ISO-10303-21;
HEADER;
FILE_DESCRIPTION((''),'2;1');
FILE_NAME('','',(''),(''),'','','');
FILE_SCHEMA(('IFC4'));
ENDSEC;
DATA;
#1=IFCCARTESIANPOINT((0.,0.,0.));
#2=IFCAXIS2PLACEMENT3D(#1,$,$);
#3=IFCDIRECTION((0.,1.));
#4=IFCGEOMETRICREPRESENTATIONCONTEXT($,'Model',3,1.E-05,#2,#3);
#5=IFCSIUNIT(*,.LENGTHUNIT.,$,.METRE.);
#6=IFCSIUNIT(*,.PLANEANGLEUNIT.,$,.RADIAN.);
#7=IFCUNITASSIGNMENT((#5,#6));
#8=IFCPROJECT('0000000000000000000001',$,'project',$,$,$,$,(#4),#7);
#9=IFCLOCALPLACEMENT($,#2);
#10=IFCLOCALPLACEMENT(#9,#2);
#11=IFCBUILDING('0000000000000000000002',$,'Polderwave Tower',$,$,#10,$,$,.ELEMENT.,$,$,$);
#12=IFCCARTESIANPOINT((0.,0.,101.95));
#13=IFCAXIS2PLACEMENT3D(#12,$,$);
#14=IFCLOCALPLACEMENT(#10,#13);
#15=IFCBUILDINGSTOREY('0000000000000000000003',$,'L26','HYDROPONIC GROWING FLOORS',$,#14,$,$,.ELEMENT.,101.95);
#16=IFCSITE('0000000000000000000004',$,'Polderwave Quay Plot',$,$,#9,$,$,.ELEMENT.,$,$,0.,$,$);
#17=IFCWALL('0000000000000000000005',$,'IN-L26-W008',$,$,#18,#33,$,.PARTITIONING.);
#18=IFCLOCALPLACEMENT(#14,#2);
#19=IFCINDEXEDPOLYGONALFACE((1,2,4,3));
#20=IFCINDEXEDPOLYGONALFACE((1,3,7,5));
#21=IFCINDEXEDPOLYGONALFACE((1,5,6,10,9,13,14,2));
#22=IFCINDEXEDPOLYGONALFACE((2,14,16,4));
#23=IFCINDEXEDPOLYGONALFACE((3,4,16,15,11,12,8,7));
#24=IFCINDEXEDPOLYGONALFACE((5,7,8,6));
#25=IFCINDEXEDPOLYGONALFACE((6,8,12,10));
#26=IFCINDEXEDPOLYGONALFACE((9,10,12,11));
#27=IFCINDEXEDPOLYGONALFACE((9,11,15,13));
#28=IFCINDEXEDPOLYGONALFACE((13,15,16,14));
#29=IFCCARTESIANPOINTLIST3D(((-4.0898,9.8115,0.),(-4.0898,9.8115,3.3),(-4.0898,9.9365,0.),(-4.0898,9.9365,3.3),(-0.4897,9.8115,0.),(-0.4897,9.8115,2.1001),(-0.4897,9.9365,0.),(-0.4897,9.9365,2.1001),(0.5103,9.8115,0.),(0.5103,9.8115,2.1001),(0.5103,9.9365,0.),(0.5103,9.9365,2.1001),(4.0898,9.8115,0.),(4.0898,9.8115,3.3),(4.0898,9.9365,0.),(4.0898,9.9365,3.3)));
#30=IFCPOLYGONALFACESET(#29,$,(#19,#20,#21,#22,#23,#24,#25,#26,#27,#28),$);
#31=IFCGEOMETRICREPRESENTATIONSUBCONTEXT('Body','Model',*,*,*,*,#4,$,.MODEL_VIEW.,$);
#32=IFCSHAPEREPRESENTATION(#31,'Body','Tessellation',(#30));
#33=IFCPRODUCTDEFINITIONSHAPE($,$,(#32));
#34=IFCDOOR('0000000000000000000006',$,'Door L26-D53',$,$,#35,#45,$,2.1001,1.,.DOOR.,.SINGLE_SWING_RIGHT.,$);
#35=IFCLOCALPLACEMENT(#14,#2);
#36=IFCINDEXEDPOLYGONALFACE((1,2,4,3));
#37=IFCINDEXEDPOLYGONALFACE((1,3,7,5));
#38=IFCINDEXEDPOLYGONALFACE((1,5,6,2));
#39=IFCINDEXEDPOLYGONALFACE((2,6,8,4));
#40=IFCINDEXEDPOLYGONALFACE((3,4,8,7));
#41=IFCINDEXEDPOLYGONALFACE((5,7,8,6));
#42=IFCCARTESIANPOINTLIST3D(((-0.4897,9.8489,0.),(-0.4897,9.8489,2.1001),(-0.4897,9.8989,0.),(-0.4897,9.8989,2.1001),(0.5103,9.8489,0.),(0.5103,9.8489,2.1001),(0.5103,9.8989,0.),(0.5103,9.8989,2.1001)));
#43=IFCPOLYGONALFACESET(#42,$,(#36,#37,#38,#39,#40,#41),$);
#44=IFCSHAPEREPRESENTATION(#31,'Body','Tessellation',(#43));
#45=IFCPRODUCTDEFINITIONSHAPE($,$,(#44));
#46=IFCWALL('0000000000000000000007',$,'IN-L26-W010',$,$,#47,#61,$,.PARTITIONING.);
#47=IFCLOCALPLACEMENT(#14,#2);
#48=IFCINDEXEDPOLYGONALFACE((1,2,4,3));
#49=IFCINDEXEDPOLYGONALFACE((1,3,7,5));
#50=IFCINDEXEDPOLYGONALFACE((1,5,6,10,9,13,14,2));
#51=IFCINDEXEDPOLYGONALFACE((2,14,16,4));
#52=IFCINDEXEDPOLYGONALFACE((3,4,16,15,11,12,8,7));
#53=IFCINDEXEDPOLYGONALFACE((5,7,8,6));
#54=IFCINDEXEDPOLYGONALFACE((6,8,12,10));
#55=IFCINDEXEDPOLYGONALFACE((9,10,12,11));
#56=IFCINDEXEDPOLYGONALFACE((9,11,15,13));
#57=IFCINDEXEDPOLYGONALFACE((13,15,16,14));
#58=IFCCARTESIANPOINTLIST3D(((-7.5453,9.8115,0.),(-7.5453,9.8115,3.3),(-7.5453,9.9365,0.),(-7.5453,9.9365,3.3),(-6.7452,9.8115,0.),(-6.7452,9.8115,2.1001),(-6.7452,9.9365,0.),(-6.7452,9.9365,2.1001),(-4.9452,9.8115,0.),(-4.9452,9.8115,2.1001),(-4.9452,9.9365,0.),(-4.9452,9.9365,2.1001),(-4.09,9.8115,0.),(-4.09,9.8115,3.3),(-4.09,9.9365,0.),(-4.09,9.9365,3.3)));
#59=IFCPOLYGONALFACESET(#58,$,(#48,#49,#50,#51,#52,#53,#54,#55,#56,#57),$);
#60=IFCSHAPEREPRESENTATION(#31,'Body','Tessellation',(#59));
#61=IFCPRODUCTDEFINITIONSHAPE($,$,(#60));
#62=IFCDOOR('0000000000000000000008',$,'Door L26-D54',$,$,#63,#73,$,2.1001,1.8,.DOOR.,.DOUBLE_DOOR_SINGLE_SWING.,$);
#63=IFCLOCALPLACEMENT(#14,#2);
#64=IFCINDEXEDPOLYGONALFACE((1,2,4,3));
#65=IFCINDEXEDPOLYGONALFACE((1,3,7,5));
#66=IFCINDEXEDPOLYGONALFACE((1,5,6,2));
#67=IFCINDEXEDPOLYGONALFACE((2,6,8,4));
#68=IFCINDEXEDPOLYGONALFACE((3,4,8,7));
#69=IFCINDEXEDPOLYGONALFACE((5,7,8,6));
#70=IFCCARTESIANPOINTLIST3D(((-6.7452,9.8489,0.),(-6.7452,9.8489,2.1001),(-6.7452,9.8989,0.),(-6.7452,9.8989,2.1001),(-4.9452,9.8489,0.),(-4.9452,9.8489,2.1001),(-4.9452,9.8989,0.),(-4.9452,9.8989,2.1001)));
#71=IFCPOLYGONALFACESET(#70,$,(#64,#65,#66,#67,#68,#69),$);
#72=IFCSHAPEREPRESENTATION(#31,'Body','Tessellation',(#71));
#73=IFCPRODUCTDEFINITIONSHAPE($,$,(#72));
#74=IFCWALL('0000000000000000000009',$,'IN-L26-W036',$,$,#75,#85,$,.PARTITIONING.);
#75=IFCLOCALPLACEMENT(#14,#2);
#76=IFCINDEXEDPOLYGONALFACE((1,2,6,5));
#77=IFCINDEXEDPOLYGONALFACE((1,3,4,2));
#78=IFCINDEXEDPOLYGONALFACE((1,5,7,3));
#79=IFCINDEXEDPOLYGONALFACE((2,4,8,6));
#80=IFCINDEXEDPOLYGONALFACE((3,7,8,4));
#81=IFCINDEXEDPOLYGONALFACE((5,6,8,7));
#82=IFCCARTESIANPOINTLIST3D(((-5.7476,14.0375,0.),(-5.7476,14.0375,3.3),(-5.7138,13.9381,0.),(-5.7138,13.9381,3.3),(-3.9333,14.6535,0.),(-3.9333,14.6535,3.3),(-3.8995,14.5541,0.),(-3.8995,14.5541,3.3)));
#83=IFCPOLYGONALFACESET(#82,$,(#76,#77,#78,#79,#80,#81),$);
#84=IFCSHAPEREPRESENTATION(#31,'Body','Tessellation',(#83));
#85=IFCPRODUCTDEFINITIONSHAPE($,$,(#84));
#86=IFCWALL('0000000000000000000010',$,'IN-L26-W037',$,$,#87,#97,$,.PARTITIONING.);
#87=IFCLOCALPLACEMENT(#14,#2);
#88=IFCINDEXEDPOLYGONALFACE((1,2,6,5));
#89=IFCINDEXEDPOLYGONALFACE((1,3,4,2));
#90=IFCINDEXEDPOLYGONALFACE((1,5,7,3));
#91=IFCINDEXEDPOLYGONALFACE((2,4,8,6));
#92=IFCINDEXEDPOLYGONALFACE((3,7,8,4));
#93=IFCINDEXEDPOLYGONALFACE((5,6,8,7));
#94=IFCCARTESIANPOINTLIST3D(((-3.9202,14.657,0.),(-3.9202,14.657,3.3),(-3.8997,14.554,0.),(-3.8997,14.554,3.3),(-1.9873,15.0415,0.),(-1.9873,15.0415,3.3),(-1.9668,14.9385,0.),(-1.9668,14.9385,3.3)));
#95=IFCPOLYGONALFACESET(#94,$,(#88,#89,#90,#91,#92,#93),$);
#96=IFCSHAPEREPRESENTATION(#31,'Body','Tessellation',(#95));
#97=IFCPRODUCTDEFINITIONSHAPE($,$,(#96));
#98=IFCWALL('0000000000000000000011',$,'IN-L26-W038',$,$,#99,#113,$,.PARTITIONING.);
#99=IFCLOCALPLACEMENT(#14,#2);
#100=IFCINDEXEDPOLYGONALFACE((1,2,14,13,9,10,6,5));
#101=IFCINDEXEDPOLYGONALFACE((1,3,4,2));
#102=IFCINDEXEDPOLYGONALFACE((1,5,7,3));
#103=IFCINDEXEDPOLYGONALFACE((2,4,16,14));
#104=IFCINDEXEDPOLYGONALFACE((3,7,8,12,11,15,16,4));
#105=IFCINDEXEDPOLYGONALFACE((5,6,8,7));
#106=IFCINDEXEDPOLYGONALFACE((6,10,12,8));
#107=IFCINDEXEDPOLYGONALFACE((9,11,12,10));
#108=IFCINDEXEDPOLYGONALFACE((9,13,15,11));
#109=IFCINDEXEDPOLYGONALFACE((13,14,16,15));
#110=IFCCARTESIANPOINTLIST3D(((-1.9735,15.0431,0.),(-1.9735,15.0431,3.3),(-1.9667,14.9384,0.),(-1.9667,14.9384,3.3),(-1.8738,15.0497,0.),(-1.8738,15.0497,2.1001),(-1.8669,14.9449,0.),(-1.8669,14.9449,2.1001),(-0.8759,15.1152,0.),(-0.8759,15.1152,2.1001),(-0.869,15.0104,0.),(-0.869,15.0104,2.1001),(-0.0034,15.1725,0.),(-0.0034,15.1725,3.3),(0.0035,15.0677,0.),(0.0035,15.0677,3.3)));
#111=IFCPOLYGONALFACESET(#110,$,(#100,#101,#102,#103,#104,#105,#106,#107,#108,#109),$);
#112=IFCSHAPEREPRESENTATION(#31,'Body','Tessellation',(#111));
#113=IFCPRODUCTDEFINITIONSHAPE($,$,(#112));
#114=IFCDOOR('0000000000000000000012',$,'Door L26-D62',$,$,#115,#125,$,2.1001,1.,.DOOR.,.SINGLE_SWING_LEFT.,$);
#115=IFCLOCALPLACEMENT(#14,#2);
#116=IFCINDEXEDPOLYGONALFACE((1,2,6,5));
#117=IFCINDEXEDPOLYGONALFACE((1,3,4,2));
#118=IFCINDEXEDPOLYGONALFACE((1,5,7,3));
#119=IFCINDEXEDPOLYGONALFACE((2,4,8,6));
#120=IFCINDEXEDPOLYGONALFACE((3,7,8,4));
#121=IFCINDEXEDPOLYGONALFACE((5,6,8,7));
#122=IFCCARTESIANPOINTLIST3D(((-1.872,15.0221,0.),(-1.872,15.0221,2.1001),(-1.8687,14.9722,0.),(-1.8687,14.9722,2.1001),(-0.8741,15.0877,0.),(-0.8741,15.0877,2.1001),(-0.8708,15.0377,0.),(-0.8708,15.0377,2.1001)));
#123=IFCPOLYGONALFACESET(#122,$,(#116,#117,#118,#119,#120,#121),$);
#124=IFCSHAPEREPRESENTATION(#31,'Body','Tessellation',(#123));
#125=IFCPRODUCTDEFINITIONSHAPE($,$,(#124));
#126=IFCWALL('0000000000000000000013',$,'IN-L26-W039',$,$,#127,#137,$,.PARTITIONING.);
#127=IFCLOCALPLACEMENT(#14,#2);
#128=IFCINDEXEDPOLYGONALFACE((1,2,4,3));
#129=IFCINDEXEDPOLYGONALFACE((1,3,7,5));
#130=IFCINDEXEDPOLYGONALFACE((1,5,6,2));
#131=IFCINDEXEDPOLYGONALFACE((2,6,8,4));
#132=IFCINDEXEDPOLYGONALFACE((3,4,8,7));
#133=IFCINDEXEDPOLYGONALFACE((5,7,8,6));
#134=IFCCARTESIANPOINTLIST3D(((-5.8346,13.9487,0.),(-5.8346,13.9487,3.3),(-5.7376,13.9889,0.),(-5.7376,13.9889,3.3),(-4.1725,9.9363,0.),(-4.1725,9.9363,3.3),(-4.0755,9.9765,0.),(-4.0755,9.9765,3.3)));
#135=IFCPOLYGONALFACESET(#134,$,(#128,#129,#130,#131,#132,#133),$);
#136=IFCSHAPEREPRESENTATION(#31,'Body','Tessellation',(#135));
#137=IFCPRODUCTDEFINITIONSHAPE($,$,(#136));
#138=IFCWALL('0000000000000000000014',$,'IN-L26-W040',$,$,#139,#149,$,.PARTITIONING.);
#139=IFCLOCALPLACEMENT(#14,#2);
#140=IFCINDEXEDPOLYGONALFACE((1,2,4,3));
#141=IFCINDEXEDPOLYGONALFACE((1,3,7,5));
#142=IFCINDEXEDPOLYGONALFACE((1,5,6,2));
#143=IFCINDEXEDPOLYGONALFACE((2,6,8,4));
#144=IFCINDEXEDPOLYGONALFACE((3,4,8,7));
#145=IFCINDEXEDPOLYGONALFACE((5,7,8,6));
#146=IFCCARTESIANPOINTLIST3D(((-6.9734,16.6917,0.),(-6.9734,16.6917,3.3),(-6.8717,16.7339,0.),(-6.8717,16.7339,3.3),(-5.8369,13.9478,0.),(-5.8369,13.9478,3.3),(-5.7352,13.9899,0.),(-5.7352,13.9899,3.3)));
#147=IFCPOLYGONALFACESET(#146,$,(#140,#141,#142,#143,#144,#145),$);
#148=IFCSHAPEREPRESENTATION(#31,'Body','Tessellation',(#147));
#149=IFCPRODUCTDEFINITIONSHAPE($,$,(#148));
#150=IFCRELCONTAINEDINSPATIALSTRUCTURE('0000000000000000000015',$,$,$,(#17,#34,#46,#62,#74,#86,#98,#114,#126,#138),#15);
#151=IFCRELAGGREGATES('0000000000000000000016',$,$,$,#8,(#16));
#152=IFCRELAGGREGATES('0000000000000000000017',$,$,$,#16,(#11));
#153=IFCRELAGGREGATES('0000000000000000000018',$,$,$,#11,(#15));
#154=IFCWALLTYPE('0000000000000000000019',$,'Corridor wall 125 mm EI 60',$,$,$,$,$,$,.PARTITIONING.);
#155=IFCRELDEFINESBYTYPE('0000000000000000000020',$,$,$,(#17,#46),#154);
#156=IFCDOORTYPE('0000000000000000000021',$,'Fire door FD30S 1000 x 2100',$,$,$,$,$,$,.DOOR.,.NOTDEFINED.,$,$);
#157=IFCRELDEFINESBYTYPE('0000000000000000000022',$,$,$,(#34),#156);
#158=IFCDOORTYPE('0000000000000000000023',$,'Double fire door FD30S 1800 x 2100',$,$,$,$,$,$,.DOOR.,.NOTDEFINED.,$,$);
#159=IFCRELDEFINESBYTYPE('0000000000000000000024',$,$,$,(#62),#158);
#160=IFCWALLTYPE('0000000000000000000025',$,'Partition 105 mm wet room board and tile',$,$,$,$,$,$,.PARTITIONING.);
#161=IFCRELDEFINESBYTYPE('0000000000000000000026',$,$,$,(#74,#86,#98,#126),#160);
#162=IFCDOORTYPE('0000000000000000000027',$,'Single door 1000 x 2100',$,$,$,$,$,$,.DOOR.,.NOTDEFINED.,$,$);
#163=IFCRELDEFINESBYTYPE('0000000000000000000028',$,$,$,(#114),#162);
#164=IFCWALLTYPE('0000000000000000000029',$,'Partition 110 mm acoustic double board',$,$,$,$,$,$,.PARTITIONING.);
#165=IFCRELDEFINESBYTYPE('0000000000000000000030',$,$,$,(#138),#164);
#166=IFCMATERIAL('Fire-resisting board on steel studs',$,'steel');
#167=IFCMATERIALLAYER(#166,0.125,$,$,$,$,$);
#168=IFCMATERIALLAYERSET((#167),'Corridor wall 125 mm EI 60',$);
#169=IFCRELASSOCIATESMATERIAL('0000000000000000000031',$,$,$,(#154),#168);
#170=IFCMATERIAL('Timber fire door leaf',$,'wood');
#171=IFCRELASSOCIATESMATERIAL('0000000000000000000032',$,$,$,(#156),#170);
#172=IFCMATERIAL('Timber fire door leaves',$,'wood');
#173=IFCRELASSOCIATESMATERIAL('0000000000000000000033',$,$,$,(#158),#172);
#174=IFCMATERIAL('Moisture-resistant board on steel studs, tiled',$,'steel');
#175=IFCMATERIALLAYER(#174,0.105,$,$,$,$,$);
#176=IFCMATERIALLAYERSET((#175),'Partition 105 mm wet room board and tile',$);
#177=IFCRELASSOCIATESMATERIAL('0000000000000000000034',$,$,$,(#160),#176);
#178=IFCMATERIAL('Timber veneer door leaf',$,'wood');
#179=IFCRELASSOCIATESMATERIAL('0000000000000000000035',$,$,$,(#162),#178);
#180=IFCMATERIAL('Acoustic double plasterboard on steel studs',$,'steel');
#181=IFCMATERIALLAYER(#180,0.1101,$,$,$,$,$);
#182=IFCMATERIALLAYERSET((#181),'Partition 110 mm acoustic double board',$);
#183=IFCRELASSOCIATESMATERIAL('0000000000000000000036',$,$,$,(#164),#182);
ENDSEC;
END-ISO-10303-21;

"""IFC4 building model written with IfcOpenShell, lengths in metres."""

from ifc_helpers import new_model, si_unit, direction, frame, frame_2d, origin, place, context, subcontext, project, spatial, rectangle, extrude, material, layer, layer_set, type_object, element, fill, save


model = new_model("IFC4")

# Units and contexts
model_context = context("Model", 3, precision=1e-05, world=origin(), true_north=direction((0.0, 1.0)))
body_context = subcontext(model_context, "Body", "Model", "MODEL_VIEW")
ifc_project = project(units=[si_unit("LENGTHUNIT", "METRE"), si_unit("PLANEANGLEUNIT", "RADIAN")], contexts=[model_context])

# Site, building, storey
site_placement = place(None, origin())
site = spatial("IfcSite", under=ifc_project, at=site_placement, Name="Polderwave Quay Plot", CompositionType="ELEMENT", RefElevation=0.0)
building_placement = place(site_placement, origin())
building = spatial("IfcBuilding", under=site, at=building_placement, Name="Polderwave Tower", CompositionType="ELEMENT")
storey_placement = place(building_placement, frame((0.0, 0.0, 101.95)))
storey = spatial("IfcBuildingStorey", under=building, at=storey_placement, Name="L26", Description="HYDROPONIC GROWING FLOORS", CompositionType="ELEMENT", Elevation=101.95)

# Walls, openings, doors
ifc_material_1 = material(Name="Fire-resisting board on steel studs", Category="steel")
ifc_layer_1 = layer(ifc_material_1, 0.125)
ifc_layer_set_1 = layer_set([ifc_layer_1], Name="Corridor wall 125 mm EI 60")
wall_type_1 = type_object("IfcWallType", Name="Corridor wall 125 mm EI 60", PredefinedType="PARTITIONING", material=ifc_layer_set_1)
wall_1_placement = place(storey_placement, frame((-4.0898, 9.874, 0.0), z_axis=(0.0, 0.0, 1.0), x_axis=(1.0, 0.0, 0.0)))
wall_1 = element("IfcWall", 1, at=wall_1_placement, inside=storey, type_object=wall_type_1, Name="IN-L26-W008", PredefinedType="PARTITIONING", context=body_context, shape_type="SweptSolid", body=[
    extrude(rectangle(XDim=8.1797, YDim=0.125, at=frame_2d((4.0898, 0.0))), origin(), (0.0, 0.0, 1.0), 3.3),
])
opening_1_placement = place(wall_1_placement, frame((3.6001, 0.0, 0.0)))
opening_1 = element("IfcOpeningElement", 2, at=opening_1_placement, cuts=wall_1, PredefinedType="OPENING", context=body_context, shape_type="SweptSolid", body=[
    extrude(rectangle(XDim=1.0, YDim=2.1001, at=frame_2d((0.5, 1.05))), frame((0.0, 0.0725, 0.0), z_axis=(0.0, -1.0, 0.0), x_axis=(1.0, 0.0, 0.0)), (0.0, 0.0, 1.0), 0.145),
])
ifc_material_2 = material(Name="Timber fire door leaf", Category="wood")
door_type_1 = type_object("IfcDoorType", Name="Fire door FD30S 1000 x 2100", OperationType="NOTDEFINED", PredefinedType="DOOR", material=ifc_material_2)
door_1_placement = place(opening_1_placement, origin())
door_1 = element("IfcDoor", 3, at=door_1_placement, inside=storey, type_object=door_type_1, Name="Door L26-D53", OperationType="SINGLE_SWING_RIGHT", OverallHeight=2.1001, OverallWidth=1.0, PredefinedType="DOOR", context=body_context, shape_type="SweptSolid", body=[
    extrude(rectangle(XDim=1.0, YDim=2.1001, at=frame_2d((0.5, 1.05))), frame((0.0, 0.0249, 0.0), z_axis=(0.0, -1.0, 0.0), x_axis=(1.0, 0.0, 0.0)), (0.0, 0.0, 1.0), 0.05),
])
fill(opening_1, door_1)
wall_2_placement = place(storey_placement, frame((-7.5452, 9.874, 0.0), z_axis=(0.0, 0.0, 1.0), x_axis=(1.0, 0.0, 0.0)))
wall_2 = element("IfcWall", 4, at=wall_2_placement, inside=storey, type_object=wall_type_1, Name="IN-L26-W010", PredefinedType="PARTITIONING", context=body_context, shape_type="SweptSolid", body=[
    extrude(rectangle(XDim=3.4553, YDim=0.125, at=frame_2d((1.7275, 0.0))), origin(), (0.0, 0.0, 1.0), 3.3),
])
opening_2_placement = place(wall_2_placement, frame((0.8, 0.0, 0.0)))
opening_2 = element("IfcOpeningElement", 5, at=opening_2_placement, cuts=wall_2, PredefinedType="OPENING", context=body_context, shape_type="SweptSolid", body=[
    extrude(rectangle(XDim=1.8, YDim=2.1001, at=frame_2d((0.8999, 1.05))), frame((0.0, 0.0725, 0.0), z_axis=(0.0, -1.0, 0.0), x_axis=(1.0, 0.0, 0.0)), (0.0, 0.0, 1.0), 0.145),
])
ifc_material_3 = material(Name="Timber fire door leaves", Category="wood")
door_type_2 = type_object("IfcDoorType", Name="Double fire door FD30S 1800 x 2100", OperationType="NOTDEFINED", PredefinedType="DOOR", material=ifc_material_3)
door_2_placement = place(opening_2_placement, origin())
door_2 = element("IfcDoor", 6, at=door_2_placement, inside=storey, type_object=door_type_2, Name="Door L26-D54", OperationType="DOUBLE_DOOR_SINGLE_SWING", OverallHeight=2.1001, OverallWidth=1.8, PredefinedType="DOOR", context=body_context, shape_type="SweptSolid", body=[
    extrude(rectangle(XDim=1.8, YDim=2.1001, at=frame_2d((0.8999, 1.05))), frame((0.0, 0.0249, 0.0), z_axis=(0.0, -1.0, 0.0), x_axis=(1.0, 0.0, 0.0)), (0.0, 0.0, 1.0), 0.05),
])
fill(opening_2, door_2)

# Walls
ifc_material_4 = material(Name="Moisture-resistant board on steel studs, tiled", Category="steel")
ifc_layer_2 = layer(ifc_material_4, 0.105)
ifc_layer_set_2 = layer_set([ifc_layer_2], Name="Partition 105 mm wet room board and tile")
wall_type_2 = type_object("IfcWallType", Name="Partition 105 mm wet room board and tile", PredefinedType="PARTITIONING", material=ifc_layer_set_2)
wall_3_placement = place(storey_placement, frame((-5.7307, 13.9878, 0.0), z_axis=(0.0, 0.0, 1.0), x_axis=(0.94691, 0.321498, 0.0)))
element("IfcWall", 7, at=wall_3_placement, inside=storey, type_object=wall_type_2, Name="IN-L26-W036", PredefinedType="PARTITIONING", context=body_context, shape_type="SweptSolid", body=[
    extrude(rectangle(XDim=1.916, YDim=0.105, at=frame_2d((0.958, 0.0))), origin(), (0.0, 0.0, 1.0), 3.3),
])
wall_4_placement = place(storey_placement, frame((-3.9099, 14.6055, 0.0), z_axis=(0.0, 0.0, 1.0), x_axis=(0.98078, 0.195115, 0.0)))
element("IfcWall", 8, at=wall_4_placement, inside=storey, type_object=wall_type_2, Name="IN-L26-W037", PredefinedType="PARTITIONING", context=body_context, shape_type="SweptSolid", body=[
    extrude(rectangle(XDim=1.9707, YDim=0.105, at=frame_2d((0.9854, 0.0))), origin(), (0.0, 0.0, 1.0), 3.3),
])

# Wall, opening, door
wall_5_placement = place(storey_placement, frame((-1.9702, 14.9907, 0.0), z_axis=(0.0, 0.0, 1.0), x_axis=(0.99785, 0.065534, 0.0)))
wall_5 = element("IfcWall", 9, at=wall_5_placement, inside=storey, type_object=wall_type_2, Name="IN-L26-W038", PredefinedType="PARTITIONING", context=body_context, shape_type="SweptSolid", body=[
    extrude(rectangle(XDim=1.9744, YDim=0.105, at=frame_2d((0.9873, 0.0))), origin(), (0.0, 0.0, 1.0), 3.3),
])
opening_3_placement = place(wall_5_placement, frame((0.1001, 0.0, 0.0)))
opening_3 = element("IfcOpeningElement", 10, at=opening_3_placement, cuts=wall_5, PredefinedType="OPENING", context=body_context, shape_type="SweptSolid", body=[
    extrude(rectangle(XDim=1.0, YDim=2.1001, at=frame_2d((0.5, 1.05))), frame((0.0, 0.0625, 0.0), z_axis=(0.0, -1.0, 0.0), x_axis=(1.0, 0.0, 0.0)), (0.0, 0.0, 1.0), 0.125),
])
ifc_material_5 = material(Name="Timber veneer door leaf", Category="wood")
door_type_3 = type_object("IfcDoorType", Name="Single door 1000 x 2100", OperationType="NOTDEFINED", PredefinedType="DOOR", material=ifc_material_5)
door_3_placement = place(opening_3_placement, origin())
door_3 = element("IfcDoor", 11, at=door_3_placement, inside=storey, type_object=door_type_3, Name="Door L26-D62", OperationType="SINGLE_SWING_LEFT", OverallHeight=2.1001, OverallWidth=1.0, PredefinedType="DOOR", context=body_context, shape_type="SweptSolid", body=[
    extrude(rectangle(XDim=1.0, YDim=2.1001, at=frame_2d((0.5, 1.05))), frame((0.0, 0.0249, 0.0), z_axis=(0.0, -1.0, 0.0), x_axis=(1.0, 0.0, 0.0)), (0.0, 0.0, 1.0), 0.05),
])
fill(opening_3, door_3)

# Walls
wall_6_placement = place(storey_placement, frame((-4.124, 9.9565, 0.0), z_axis=(0.0, 0.0, 1.0), x_axis=(-0.382703, 0.923872, 0.0)))
element("IfcWall", 12, at=wall_6_placement, inside=storey, type_object=wall_type_2, Name="IN-L26-W039", PredefinedType="PARTITIONING", context=body_context, shape_type="SweptSolid", body=[
    extrude(rectangle(XDim=4.343, YDim=0.105, at=frame_2d((2.1714, 0.0))), origin(), (0.0, 0.0, 1.0), 3.3),
])
ifc_material_6 = material(Name="Acoustic double plasterboard on steel studs", Category="steel")
ifc_layer_3 = layer(ifc_material_6, 0.1101)
ifc_layer_set_3 = layer_set([ifc_layer_3], Name="Partition 110 mm acoustic double board")
wall_type_3 = type_object("IfcWallType", Name="Partition 110 mm acoustic double board", PredefinedType="PARTITIONING", material=ifc_layer_set_3)
wall_7_placement = place(storey_placement, frame((-5.7861, 13.969, 0.0), z_axis=(0.0, 0.0, 1.0), x_axis=(-0.382659, 0.92389, 0.0)))
element("IfcWall", 13, at=wall_7_placement, inside=storey, type_object=wall_type_3, Name="IN-L26-W040", PredefinedType="PARTITIONING", context=body_context, shape_type="SweptSolid", body=[
    extrude(rectangle(XDim=2.97, YDim=0.1101, at=frame_2d((1.4849, 0.0))), origin(), (0.0, 0.0, 1.0), 3.3),
])

save(model, "model.ifc")
